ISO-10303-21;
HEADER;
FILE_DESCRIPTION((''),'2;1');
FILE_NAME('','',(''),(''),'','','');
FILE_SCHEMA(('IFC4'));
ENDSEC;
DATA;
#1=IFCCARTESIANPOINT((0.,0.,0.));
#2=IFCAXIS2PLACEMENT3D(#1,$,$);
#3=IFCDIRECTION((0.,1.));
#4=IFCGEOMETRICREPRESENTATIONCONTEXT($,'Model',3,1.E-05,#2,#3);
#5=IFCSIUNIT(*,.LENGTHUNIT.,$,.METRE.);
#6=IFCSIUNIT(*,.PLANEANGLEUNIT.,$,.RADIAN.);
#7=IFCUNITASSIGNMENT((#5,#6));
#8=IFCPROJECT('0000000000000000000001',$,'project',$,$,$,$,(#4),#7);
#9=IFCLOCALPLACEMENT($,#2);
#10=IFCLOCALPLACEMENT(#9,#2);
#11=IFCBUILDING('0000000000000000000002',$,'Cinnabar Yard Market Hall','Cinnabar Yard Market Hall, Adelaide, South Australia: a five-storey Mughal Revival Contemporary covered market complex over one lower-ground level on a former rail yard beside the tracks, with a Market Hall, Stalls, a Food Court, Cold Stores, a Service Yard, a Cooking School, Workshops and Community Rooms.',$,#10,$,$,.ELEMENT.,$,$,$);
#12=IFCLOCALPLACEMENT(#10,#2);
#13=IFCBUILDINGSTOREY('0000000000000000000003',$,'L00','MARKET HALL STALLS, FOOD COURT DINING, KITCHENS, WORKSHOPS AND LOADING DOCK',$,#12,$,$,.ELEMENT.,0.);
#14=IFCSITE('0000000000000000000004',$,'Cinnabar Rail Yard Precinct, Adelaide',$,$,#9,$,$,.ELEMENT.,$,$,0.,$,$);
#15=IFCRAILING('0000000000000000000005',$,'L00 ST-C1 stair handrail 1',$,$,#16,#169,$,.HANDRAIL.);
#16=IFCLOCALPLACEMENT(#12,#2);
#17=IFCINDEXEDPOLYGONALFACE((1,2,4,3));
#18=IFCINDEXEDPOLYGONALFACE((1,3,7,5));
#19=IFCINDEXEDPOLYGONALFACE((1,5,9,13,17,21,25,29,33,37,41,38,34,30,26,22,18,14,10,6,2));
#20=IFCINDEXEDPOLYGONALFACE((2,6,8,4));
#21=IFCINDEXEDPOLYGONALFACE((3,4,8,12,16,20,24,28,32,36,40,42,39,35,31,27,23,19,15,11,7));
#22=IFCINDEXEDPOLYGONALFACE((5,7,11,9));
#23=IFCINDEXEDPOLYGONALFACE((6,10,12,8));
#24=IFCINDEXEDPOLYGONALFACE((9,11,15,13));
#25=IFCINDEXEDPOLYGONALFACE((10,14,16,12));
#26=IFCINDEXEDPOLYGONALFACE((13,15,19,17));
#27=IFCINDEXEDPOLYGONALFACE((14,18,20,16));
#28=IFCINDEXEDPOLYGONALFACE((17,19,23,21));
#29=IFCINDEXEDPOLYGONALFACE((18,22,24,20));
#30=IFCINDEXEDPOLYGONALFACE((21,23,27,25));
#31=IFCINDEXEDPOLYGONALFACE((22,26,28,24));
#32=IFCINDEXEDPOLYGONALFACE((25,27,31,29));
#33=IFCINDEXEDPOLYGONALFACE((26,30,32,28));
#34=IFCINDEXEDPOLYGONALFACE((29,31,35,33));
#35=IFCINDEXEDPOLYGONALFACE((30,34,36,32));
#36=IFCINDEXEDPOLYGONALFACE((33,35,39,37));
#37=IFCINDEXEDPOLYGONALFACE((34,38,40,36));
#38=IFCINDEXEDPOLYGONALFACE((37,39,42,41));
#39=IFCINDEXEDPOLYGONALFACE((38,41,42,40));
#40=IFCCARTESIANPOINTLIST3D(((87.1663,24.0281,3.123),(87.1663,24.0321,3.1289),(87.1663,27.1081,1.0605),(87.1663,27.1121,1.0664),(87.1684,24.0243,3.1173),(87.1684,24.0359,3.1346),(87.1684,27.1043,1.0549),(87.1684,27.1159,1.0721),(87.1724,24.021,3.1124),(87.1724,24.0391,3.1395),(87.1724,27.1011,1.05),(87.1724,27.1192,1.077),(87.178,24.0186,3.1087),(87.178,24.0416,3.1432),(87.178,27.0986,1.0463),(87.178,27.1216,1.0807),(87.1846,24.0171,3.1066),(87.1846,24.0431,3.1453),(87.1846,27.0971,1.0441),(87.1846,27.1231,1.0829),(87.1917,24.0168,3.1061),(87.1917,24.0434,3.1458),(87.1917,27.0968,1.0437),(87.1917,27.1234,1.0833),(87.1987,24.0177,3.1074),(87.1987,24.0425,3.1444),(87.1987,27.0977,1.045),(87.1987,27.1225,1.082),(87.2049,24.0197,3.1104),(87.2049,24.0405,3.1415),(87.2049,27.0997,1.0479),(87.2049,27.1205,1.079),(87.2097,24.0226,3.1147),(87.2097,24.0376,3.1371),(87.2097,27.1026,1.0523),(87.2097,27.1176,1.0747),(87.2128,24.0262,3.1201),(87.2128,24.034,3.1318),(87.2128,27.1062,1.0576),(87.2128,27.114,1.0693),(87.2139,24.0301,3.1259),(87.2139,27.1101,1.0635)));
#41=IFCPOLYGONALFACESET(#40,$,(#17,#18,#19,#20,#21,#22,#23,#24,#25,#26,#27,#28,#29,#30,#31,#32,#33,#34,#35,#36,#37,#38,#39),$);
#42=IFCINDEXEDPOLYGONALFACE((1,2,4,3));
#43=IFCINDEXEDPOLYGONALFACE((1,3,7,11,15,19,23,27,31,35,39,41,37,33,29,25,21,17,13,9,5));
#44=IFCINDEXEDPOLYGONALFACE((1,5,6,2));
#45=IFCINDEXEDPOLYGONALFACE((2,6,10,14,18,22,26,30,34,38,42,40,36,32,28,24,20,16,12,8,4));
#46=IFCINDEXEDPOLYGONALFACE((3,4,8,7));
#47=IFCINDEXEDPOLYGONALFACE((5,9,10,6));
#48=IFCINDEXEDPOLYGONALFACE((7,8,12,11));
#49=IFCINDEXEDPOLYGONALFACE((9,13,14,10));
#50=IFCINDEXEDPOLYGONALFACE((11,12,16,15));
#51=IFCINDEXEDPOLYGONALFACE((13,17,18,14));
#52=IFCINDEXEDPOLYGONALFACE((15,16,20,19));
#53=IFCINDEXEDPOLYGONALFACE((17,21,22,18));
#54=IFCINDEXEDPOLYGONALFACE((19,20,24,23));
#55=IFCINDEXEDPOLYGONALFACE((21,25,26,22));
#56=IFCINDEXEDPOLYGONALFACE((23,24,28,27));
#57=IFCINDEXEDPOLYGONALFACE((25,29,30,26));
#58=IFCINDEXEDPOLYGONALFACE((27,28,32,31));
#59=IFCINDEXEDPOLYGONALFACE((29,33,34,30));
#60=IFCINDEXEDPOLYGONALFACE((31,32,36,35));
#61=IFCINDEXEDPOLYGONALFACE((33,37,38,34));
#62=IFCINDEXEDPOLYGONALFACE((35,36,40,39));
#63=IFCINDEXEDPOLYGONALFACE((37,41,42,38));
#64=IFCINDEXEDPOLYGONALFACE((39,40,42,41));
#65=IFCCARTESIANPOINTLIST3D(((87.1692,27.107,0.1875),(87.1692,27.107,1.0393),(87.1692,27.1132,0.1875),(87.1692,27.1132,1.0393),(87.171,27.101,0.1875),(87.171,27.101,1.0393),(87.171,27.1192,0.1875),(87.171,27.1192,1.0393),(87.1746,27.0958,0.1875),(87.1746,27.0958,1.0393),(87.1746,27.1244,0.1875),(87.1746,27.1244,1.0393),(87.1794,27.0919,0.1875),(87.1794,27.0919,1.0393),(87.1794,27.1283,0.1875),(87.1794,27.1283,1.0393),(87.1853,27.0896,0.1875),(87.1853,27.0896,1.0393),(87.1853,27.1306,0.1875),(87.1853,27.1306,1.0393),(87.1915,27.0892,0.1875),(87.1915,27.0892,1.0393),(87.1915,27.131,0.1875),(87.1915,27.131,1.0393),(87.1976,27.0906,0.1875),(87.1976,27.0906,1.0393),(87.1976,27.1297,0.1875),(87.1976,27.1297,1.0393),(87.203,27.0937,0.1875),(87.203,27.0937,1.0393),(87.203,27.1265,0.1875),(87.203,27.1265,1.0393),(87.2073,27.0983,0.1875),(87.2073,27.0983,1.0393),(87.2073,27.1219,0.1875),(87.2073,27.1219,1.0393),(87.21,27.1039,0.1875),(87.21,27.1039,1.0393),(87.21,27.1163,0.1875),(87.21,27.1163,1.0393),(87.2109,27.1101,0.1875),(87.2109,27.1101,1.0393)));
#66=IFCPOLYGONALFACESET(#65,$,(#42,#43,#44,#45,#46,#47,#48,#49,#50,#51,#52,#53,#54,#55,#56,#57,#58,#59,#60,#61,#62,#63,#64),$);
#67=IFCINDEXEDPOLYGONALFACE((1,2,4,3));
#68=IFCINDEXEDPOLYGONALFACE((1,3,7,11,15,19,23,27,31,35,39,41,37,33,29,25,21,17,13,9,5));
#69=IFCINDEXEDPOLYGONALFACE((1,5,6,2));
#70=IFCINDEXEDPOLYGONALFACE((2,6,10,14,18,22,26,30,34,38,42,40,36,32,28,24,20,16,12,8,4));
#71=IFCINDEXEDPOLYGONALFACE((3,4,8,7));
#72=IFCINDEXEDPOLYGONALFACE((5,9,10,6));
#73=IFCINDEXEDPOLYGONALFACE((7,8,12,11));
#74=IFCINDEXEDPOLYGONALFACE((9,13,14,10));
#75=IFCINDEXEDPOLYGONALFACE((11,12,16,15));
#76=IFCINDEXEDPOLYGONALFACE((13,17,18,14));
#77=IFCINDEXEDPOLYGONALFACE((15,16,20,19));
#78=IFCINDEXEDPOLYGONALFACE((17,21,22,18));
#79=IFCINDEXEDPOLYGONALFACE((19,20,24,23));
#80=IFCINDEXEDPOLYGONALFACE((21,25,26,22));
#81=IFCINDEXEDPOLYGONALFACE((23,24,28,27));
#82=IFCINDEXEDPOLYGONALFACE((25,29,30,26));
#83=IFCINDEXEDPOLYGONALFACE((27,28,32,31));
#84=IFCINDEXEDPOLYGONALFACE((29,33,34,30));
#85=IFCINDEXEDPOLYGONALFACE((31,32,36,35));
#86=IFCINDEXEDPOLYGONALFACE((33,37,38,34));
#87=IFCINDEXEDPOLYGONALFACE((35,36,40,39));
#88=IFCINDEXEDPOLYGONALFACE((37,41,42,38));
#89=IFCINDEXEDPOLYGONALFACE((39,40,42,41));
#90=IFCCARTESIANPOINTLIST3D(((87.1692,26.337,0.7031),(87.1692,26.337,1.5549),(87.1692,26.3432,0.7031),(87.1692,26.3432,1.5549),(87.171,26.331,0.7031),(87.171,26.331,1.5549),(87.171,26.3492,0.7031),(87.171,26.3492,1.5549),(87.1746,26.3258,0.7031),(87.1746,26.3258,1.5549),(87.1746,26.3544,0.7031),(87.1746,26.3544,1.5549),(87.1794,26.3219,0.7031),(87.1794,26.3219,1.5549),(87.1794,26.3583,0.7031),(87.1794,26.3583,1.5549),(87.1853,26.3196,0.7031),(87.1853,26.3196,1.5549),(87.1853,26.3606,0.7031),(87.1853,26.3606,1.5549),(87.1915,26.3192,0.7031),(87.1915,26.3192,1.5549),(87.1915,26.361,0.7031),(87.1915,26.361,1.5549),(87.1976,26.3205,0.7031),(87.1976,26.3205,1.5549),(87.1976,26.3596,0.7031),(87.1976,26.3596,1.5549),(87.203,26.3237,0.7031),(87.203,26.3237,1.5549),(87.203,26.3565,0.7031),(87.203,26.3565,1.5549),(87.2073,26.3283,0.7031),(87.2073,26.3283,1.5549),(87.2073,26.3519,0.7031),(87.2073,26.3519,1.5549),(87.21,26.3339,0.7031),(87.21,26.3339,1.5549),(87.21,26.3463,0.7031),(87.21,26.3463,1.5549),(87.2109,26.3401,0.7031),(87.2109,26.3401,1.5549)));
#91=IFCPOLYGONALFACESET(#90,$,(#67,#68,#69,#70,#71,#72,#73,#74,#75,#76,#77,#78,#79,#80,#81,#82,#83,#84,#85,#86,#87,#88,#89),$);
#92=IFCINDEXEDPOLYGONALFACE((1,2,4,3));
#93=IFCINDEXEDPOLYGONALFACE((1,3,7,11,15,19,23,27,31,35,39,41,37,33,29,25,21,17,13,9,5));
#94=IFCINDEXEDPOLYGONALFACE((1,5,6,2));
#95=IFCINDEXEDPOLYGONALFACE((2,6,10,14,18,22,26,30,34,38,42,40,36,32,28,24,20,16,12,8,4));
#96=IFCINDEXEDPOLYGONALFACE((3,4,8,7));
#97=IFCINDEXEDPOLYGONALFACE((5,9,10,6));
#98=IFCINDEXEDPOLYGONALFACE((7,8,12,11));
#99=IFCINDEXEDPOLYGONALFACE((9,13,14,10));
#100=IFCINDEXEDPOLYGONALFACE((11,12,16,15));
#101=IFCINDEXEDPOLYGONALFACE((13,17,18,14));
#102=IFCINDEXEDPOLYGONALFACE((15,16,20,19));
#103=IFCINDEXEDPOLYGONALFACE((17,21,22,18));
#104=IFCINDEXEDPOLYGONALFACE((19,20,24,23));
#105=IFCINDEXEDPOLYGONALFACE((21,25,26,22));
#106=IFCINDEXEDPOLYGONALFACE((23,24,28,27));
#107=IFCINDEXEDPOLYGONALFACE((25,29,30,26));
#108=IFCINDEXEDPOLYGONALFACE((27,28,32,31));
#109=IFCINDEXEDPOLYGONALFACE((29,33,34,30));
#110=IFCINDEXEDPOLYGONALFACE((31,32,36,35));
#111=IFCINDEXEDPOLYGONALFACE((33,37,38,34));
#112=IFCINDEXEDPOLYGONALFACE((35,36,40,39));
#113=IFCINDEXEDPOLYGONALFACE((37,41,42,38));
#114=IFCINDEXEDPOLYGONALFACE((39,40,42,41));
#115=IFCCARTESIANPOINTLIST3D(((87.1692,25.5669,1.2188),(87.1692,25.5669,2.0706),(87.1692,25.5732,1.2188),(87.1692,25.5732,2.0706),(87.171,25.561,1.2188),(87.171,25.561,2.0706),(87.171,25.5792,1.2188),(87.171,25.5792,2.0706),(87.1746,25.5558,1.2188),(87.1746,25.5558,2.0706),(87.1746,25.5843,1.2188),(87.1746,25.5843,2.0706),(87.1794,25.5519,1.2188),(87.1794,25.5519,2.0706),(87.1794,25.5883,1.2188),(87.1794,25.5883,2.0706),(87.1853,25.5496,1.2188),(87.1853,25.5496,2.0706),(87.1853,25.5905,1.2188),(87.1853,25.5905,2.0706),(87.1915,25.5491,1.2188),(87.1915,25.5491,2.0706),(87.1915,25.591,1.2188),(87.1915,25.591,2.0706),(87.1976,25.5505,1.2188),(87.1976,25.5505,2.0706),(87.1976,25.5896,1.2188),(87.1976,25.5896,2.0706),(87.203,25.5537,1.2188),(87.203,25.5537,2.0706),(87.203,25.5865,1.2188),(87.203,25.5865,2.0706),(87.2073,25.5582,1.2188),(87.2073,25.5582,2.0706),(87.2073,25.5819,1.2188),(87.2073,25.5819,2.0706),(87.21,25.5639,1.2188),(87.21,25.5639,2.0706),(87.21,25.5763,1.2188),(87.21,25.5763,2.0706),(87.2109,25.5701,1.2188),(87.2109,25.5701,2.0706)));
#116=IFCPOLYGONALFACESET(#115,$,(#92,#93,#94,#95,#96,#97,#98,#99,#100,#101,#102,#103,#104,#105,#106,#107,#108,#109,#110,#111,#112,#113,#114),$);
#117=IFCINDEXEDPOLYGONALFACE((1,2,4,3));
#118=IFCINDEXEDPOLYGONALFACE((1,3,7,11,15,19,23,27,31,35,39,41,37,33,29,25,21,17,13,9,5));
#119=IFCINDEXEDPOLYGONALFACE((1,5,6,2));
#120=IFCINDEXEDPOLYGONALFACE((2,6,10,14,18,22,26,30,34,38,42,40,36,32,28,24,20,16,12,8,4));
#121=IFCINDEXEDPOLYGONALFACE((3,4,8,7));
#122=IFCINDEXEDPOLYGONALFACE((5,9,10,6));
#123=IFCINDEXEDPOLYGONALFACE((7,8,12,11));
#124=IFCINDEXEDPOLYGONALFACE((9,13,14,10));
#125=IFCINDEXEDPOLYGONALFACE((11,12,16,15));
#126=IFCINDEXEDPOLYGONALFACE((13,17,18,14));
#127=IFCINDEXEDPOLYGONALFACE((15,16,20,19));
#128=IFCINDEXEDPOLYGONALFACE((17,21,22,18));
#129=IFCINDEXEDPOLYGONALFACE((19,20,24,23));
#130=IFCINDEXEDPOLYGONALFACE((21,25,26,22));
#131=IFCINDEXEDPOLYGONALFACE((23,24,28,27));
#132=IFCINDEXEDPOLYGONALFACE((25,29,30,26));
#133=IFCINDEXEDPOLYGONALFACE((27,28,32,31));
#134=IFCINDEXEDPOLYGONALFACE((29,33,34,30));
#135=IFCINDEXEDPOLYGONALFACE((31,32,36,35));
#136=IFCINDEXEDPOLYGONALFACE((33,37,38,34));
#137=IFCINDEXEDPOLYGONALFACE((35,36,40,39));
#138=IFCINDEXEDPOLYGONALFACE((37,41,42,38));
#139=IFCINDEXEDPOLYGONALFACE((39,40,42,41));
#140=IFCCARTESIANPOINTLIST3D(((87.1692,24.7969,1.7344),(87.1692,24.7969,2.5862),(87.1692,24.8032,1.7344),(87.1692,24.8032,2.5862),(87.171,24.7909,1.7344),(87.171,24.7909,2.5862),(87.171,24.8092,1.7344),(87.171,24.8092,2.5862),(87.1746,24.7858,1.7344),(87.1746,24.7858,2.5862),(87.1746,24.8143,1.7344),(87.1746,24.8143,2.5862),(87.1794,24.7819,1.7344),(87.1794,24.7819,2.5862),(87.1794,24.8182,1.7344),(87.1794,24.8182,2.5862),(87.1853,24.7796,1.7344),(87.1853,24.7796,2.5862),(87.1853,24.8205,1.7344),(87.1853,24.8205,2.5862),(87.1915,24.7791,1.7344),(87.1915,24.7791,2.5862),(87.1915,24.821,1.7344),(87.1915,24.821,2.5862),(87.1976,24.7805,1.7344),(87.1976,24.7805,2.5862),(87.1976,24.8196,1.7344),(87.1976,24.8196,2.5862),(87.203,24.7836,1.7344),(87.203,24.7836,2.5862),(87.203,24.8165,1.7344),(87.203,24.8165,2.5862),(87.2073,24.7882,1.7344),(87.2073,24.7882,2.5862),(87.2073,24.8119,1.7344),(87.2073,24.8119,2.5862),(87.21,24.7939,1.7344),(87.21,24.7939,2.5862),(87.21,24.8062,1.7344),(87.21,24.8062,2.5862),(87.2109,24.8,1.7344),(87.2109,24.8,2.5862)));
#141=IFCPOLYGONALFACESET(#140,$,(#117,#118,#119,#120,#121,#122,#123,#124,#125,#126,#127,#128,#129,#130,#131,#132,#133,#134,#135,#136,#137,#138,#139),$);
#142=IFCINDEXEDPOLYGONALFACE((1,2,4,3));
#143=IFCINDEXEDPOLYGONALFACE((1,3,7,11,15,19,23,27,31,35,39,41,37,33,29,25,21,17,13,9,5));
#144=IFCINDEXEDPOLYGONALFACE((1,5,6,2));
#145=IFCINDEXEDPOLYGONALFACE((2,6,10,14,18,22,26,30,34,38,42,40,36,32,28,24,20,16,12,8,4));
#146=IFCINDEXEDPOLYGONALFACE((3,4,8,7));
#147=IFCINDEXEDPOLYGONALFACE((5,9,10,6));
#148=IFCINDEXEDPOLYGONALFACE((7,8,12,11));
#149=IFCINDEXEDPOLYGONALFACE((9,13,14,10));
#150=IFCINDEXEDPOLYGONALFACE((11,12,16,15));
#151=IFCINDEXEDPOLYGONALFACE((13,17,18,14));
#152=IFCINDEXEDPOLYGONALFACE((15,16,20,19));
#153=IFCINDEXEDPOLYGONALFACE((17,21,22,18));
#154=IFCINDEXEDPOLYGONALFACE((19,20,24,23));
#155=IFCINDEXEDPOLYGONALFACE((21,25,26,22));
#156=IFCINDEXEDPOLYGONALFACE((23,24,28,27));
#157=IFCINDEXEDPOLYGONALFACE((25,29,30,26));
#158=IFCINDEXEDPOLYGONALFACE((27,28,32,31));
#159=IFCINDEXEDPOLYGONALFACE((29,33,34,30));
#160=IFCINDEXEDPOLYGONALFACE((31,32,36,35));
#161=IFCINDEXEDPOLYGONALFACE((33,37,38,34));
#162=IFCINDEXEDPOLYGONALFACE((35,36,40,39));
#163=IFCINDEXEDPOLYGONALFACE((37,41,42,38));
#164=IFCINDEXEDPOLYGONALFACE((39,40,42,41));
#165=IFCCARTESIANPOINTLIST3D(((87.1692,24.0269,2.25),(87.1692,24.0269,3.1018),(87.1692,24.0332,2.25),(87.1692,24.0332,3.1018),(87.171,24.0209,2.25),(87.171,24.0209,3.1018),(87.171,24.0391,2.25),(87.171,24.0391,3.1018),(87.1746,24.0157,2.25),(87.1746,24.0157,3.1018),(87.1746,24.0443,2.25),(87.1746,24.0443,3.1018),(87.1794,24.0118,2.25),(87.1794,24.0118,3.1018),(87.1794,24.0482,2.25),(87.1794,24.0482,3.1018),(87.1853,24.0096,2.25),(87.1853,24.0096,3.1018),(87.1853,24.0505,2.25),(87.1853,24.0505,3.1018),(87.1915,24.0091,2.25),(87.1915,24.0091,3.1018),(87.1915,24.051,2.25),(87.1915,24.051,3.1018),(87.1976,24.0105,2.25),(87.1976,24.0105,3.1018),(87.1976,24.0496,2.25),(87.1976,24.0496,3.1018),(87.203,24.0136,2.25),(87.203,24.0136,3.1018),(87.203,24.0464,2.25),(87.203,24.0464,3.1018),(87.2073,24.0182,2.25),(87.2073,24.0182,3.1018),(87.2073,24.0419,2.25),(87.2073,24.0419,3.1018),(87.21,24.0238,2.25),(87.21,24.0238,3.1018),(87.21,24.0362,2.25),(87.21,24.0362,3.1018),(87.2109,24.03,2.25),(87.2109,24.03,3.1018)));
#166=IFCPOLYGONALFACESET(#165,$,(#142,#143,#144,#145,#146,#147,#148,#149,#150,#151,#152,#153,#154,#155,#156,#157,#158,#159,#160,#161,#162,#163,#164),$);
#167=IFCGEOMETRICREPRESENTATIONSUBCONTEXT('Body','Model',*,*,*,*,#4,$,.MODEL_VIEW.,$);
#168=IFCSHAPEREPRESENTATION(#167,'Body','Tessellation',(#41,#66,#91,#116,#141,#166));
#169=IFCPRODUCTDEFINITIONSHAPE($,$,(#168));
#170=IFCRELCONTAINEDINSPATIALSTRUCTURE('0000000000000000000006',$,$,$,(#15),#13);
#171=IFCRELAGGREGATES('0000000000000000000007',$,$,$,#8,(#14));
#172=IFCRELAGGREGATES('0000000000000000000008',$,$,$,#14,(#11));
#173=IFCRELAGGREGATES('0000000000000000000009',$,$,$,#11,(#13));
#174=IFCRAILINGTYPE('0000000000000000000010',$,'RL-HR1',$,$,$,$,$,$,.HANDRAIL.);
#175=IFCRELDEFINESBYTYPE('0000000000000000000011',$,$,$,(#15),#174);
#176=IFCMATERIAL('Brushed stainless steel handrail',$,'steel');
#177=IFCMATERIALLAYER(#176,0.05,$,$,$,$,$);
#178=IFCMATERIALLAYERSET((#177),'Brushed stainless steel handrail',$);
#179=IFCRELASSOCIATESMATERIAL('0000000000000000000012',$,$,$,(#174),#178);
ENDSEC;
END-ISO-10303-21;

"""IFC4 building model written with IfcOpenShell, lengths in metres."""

from ifc_helpers import new_model, si_unit, direction, frame, origin, origin_2d_with_axis, place, context, subcontext, project, spatial, circle, extrude, material, layer, layer_set, type_object, element, save


model = new_model("IFC4")

# Units and contexts
model_context = context("Model", 3, precision=1e-05, world=origin(), true_north=direction((0.0, 1.0)))
body_context = subcontext(model_context, "Body", "Model", "MODEL_VIEW")
ifc_project = project(units=[si_unit("LENGTHUNIT", "METRE"), si_unit("PLANEANGLEUNIT", "RADIAN")], contexts=[model_context])

# Site, building, storey
site_placement = place(None, origin())
site = spatial("IfcSite", under=ifc_project, at=site_placement, Name="Cinnabar Rail Yard Precinct, Adelaide", CompositionType="ELEMENT", RefElevation=0.0)
building_placement = place(site_placement, origin())
building = spatial("IfcBuilding", under=site, at=building_placement, Name="Cinnabar Yard Market Hall", Description="Cinnabar Yard Market Hall, Adelaide, South Australia: a five-storey Mughal Revival Contemporary covered market complex over one lower-ground level on a former rail yard beside the tracks, with a Market Hall, Stalls, a Food Court, Cold Stores, a Service Yard, a Cooking School, Workshops and Community Rooms.", CompositionType="ELEMENT")
storey_placement = place(building_placement, origin())
storey = spatial("IfcBuildingStorey", under=building, at=storey_placement, Name="L00", Description="MARKET HALL STALLS, FOOD COURT DINING, KITCHENS, WORKSHOPS AND LOADING DOCK", CompositionType="ELEMENT", Elevation=0.0)

# Railing
ifc_material_1 = material(Name="Brushed stainless steel handrail", Category="steel")
ifc_layer_1 = layer(ifc_material_1, 0.05)
ifc_layer_set_1 = layer_set([ifc_layer_1], Name="Brushed stainless steel handrail")
railing_type_1 = type_object("IfcRailingType", Name="RL-HR1", PredefinedType="HANDRAIL", material=ifc_layer_set_1)
railing_1_placement = place(storey_placement, frame((87.1899, 27.1101, 0.1875)))
element("IfcRailing", 1, at=railing_1_placement, inside=storey, type_object=railing_type_1, Name="L00 ST-C1 stair handrail 1", PredefinedType="HANDRAIL", context=body_context, shape_type="SweptSolid", body=[
    extrude(circle(Radius=0.0239, at=origin_2d_with_axis()), frame((0.0, 0.0, 0.876), z_axis=(0.0, -0.830914, 0.556401), x_axis=(1.0, 0.0, 0.0)), (0.0, 0.0, 1.0), 3.7068),
    extrude(circle(Radius=0.021, at=origin_2d_with_axis()), origin(), (0.0, 0.0, 1.0), 0.8518),
    extrude(circle(Radius=0.021, at=origin_2d_with_axis()), frame((0.0, -0.77, 0.5156)), (0.0, 0.0, 1.0), 0.8518),
    extrude(circle(Radius=0.021, at=origin_2d_with_axis()), frame((0.0, -1.54, 1.0312)), (0.0, 0.0, 1.0), 0.8518),
    extrude(circle(Radius=0.021, at=origin_2d_with_axis()), frame((0.0, -2.3101, 1.5469)), (0.0, 0.0, 1.0), 0.8518),
    extrude(circle(Radius=0.021, at=origin_2d_with_axis()), frame((0.0, -3.0801, 2.0625)), (0.0, 0.0, 1.0), 0.8518),
])

save(model, "model.ifc")
